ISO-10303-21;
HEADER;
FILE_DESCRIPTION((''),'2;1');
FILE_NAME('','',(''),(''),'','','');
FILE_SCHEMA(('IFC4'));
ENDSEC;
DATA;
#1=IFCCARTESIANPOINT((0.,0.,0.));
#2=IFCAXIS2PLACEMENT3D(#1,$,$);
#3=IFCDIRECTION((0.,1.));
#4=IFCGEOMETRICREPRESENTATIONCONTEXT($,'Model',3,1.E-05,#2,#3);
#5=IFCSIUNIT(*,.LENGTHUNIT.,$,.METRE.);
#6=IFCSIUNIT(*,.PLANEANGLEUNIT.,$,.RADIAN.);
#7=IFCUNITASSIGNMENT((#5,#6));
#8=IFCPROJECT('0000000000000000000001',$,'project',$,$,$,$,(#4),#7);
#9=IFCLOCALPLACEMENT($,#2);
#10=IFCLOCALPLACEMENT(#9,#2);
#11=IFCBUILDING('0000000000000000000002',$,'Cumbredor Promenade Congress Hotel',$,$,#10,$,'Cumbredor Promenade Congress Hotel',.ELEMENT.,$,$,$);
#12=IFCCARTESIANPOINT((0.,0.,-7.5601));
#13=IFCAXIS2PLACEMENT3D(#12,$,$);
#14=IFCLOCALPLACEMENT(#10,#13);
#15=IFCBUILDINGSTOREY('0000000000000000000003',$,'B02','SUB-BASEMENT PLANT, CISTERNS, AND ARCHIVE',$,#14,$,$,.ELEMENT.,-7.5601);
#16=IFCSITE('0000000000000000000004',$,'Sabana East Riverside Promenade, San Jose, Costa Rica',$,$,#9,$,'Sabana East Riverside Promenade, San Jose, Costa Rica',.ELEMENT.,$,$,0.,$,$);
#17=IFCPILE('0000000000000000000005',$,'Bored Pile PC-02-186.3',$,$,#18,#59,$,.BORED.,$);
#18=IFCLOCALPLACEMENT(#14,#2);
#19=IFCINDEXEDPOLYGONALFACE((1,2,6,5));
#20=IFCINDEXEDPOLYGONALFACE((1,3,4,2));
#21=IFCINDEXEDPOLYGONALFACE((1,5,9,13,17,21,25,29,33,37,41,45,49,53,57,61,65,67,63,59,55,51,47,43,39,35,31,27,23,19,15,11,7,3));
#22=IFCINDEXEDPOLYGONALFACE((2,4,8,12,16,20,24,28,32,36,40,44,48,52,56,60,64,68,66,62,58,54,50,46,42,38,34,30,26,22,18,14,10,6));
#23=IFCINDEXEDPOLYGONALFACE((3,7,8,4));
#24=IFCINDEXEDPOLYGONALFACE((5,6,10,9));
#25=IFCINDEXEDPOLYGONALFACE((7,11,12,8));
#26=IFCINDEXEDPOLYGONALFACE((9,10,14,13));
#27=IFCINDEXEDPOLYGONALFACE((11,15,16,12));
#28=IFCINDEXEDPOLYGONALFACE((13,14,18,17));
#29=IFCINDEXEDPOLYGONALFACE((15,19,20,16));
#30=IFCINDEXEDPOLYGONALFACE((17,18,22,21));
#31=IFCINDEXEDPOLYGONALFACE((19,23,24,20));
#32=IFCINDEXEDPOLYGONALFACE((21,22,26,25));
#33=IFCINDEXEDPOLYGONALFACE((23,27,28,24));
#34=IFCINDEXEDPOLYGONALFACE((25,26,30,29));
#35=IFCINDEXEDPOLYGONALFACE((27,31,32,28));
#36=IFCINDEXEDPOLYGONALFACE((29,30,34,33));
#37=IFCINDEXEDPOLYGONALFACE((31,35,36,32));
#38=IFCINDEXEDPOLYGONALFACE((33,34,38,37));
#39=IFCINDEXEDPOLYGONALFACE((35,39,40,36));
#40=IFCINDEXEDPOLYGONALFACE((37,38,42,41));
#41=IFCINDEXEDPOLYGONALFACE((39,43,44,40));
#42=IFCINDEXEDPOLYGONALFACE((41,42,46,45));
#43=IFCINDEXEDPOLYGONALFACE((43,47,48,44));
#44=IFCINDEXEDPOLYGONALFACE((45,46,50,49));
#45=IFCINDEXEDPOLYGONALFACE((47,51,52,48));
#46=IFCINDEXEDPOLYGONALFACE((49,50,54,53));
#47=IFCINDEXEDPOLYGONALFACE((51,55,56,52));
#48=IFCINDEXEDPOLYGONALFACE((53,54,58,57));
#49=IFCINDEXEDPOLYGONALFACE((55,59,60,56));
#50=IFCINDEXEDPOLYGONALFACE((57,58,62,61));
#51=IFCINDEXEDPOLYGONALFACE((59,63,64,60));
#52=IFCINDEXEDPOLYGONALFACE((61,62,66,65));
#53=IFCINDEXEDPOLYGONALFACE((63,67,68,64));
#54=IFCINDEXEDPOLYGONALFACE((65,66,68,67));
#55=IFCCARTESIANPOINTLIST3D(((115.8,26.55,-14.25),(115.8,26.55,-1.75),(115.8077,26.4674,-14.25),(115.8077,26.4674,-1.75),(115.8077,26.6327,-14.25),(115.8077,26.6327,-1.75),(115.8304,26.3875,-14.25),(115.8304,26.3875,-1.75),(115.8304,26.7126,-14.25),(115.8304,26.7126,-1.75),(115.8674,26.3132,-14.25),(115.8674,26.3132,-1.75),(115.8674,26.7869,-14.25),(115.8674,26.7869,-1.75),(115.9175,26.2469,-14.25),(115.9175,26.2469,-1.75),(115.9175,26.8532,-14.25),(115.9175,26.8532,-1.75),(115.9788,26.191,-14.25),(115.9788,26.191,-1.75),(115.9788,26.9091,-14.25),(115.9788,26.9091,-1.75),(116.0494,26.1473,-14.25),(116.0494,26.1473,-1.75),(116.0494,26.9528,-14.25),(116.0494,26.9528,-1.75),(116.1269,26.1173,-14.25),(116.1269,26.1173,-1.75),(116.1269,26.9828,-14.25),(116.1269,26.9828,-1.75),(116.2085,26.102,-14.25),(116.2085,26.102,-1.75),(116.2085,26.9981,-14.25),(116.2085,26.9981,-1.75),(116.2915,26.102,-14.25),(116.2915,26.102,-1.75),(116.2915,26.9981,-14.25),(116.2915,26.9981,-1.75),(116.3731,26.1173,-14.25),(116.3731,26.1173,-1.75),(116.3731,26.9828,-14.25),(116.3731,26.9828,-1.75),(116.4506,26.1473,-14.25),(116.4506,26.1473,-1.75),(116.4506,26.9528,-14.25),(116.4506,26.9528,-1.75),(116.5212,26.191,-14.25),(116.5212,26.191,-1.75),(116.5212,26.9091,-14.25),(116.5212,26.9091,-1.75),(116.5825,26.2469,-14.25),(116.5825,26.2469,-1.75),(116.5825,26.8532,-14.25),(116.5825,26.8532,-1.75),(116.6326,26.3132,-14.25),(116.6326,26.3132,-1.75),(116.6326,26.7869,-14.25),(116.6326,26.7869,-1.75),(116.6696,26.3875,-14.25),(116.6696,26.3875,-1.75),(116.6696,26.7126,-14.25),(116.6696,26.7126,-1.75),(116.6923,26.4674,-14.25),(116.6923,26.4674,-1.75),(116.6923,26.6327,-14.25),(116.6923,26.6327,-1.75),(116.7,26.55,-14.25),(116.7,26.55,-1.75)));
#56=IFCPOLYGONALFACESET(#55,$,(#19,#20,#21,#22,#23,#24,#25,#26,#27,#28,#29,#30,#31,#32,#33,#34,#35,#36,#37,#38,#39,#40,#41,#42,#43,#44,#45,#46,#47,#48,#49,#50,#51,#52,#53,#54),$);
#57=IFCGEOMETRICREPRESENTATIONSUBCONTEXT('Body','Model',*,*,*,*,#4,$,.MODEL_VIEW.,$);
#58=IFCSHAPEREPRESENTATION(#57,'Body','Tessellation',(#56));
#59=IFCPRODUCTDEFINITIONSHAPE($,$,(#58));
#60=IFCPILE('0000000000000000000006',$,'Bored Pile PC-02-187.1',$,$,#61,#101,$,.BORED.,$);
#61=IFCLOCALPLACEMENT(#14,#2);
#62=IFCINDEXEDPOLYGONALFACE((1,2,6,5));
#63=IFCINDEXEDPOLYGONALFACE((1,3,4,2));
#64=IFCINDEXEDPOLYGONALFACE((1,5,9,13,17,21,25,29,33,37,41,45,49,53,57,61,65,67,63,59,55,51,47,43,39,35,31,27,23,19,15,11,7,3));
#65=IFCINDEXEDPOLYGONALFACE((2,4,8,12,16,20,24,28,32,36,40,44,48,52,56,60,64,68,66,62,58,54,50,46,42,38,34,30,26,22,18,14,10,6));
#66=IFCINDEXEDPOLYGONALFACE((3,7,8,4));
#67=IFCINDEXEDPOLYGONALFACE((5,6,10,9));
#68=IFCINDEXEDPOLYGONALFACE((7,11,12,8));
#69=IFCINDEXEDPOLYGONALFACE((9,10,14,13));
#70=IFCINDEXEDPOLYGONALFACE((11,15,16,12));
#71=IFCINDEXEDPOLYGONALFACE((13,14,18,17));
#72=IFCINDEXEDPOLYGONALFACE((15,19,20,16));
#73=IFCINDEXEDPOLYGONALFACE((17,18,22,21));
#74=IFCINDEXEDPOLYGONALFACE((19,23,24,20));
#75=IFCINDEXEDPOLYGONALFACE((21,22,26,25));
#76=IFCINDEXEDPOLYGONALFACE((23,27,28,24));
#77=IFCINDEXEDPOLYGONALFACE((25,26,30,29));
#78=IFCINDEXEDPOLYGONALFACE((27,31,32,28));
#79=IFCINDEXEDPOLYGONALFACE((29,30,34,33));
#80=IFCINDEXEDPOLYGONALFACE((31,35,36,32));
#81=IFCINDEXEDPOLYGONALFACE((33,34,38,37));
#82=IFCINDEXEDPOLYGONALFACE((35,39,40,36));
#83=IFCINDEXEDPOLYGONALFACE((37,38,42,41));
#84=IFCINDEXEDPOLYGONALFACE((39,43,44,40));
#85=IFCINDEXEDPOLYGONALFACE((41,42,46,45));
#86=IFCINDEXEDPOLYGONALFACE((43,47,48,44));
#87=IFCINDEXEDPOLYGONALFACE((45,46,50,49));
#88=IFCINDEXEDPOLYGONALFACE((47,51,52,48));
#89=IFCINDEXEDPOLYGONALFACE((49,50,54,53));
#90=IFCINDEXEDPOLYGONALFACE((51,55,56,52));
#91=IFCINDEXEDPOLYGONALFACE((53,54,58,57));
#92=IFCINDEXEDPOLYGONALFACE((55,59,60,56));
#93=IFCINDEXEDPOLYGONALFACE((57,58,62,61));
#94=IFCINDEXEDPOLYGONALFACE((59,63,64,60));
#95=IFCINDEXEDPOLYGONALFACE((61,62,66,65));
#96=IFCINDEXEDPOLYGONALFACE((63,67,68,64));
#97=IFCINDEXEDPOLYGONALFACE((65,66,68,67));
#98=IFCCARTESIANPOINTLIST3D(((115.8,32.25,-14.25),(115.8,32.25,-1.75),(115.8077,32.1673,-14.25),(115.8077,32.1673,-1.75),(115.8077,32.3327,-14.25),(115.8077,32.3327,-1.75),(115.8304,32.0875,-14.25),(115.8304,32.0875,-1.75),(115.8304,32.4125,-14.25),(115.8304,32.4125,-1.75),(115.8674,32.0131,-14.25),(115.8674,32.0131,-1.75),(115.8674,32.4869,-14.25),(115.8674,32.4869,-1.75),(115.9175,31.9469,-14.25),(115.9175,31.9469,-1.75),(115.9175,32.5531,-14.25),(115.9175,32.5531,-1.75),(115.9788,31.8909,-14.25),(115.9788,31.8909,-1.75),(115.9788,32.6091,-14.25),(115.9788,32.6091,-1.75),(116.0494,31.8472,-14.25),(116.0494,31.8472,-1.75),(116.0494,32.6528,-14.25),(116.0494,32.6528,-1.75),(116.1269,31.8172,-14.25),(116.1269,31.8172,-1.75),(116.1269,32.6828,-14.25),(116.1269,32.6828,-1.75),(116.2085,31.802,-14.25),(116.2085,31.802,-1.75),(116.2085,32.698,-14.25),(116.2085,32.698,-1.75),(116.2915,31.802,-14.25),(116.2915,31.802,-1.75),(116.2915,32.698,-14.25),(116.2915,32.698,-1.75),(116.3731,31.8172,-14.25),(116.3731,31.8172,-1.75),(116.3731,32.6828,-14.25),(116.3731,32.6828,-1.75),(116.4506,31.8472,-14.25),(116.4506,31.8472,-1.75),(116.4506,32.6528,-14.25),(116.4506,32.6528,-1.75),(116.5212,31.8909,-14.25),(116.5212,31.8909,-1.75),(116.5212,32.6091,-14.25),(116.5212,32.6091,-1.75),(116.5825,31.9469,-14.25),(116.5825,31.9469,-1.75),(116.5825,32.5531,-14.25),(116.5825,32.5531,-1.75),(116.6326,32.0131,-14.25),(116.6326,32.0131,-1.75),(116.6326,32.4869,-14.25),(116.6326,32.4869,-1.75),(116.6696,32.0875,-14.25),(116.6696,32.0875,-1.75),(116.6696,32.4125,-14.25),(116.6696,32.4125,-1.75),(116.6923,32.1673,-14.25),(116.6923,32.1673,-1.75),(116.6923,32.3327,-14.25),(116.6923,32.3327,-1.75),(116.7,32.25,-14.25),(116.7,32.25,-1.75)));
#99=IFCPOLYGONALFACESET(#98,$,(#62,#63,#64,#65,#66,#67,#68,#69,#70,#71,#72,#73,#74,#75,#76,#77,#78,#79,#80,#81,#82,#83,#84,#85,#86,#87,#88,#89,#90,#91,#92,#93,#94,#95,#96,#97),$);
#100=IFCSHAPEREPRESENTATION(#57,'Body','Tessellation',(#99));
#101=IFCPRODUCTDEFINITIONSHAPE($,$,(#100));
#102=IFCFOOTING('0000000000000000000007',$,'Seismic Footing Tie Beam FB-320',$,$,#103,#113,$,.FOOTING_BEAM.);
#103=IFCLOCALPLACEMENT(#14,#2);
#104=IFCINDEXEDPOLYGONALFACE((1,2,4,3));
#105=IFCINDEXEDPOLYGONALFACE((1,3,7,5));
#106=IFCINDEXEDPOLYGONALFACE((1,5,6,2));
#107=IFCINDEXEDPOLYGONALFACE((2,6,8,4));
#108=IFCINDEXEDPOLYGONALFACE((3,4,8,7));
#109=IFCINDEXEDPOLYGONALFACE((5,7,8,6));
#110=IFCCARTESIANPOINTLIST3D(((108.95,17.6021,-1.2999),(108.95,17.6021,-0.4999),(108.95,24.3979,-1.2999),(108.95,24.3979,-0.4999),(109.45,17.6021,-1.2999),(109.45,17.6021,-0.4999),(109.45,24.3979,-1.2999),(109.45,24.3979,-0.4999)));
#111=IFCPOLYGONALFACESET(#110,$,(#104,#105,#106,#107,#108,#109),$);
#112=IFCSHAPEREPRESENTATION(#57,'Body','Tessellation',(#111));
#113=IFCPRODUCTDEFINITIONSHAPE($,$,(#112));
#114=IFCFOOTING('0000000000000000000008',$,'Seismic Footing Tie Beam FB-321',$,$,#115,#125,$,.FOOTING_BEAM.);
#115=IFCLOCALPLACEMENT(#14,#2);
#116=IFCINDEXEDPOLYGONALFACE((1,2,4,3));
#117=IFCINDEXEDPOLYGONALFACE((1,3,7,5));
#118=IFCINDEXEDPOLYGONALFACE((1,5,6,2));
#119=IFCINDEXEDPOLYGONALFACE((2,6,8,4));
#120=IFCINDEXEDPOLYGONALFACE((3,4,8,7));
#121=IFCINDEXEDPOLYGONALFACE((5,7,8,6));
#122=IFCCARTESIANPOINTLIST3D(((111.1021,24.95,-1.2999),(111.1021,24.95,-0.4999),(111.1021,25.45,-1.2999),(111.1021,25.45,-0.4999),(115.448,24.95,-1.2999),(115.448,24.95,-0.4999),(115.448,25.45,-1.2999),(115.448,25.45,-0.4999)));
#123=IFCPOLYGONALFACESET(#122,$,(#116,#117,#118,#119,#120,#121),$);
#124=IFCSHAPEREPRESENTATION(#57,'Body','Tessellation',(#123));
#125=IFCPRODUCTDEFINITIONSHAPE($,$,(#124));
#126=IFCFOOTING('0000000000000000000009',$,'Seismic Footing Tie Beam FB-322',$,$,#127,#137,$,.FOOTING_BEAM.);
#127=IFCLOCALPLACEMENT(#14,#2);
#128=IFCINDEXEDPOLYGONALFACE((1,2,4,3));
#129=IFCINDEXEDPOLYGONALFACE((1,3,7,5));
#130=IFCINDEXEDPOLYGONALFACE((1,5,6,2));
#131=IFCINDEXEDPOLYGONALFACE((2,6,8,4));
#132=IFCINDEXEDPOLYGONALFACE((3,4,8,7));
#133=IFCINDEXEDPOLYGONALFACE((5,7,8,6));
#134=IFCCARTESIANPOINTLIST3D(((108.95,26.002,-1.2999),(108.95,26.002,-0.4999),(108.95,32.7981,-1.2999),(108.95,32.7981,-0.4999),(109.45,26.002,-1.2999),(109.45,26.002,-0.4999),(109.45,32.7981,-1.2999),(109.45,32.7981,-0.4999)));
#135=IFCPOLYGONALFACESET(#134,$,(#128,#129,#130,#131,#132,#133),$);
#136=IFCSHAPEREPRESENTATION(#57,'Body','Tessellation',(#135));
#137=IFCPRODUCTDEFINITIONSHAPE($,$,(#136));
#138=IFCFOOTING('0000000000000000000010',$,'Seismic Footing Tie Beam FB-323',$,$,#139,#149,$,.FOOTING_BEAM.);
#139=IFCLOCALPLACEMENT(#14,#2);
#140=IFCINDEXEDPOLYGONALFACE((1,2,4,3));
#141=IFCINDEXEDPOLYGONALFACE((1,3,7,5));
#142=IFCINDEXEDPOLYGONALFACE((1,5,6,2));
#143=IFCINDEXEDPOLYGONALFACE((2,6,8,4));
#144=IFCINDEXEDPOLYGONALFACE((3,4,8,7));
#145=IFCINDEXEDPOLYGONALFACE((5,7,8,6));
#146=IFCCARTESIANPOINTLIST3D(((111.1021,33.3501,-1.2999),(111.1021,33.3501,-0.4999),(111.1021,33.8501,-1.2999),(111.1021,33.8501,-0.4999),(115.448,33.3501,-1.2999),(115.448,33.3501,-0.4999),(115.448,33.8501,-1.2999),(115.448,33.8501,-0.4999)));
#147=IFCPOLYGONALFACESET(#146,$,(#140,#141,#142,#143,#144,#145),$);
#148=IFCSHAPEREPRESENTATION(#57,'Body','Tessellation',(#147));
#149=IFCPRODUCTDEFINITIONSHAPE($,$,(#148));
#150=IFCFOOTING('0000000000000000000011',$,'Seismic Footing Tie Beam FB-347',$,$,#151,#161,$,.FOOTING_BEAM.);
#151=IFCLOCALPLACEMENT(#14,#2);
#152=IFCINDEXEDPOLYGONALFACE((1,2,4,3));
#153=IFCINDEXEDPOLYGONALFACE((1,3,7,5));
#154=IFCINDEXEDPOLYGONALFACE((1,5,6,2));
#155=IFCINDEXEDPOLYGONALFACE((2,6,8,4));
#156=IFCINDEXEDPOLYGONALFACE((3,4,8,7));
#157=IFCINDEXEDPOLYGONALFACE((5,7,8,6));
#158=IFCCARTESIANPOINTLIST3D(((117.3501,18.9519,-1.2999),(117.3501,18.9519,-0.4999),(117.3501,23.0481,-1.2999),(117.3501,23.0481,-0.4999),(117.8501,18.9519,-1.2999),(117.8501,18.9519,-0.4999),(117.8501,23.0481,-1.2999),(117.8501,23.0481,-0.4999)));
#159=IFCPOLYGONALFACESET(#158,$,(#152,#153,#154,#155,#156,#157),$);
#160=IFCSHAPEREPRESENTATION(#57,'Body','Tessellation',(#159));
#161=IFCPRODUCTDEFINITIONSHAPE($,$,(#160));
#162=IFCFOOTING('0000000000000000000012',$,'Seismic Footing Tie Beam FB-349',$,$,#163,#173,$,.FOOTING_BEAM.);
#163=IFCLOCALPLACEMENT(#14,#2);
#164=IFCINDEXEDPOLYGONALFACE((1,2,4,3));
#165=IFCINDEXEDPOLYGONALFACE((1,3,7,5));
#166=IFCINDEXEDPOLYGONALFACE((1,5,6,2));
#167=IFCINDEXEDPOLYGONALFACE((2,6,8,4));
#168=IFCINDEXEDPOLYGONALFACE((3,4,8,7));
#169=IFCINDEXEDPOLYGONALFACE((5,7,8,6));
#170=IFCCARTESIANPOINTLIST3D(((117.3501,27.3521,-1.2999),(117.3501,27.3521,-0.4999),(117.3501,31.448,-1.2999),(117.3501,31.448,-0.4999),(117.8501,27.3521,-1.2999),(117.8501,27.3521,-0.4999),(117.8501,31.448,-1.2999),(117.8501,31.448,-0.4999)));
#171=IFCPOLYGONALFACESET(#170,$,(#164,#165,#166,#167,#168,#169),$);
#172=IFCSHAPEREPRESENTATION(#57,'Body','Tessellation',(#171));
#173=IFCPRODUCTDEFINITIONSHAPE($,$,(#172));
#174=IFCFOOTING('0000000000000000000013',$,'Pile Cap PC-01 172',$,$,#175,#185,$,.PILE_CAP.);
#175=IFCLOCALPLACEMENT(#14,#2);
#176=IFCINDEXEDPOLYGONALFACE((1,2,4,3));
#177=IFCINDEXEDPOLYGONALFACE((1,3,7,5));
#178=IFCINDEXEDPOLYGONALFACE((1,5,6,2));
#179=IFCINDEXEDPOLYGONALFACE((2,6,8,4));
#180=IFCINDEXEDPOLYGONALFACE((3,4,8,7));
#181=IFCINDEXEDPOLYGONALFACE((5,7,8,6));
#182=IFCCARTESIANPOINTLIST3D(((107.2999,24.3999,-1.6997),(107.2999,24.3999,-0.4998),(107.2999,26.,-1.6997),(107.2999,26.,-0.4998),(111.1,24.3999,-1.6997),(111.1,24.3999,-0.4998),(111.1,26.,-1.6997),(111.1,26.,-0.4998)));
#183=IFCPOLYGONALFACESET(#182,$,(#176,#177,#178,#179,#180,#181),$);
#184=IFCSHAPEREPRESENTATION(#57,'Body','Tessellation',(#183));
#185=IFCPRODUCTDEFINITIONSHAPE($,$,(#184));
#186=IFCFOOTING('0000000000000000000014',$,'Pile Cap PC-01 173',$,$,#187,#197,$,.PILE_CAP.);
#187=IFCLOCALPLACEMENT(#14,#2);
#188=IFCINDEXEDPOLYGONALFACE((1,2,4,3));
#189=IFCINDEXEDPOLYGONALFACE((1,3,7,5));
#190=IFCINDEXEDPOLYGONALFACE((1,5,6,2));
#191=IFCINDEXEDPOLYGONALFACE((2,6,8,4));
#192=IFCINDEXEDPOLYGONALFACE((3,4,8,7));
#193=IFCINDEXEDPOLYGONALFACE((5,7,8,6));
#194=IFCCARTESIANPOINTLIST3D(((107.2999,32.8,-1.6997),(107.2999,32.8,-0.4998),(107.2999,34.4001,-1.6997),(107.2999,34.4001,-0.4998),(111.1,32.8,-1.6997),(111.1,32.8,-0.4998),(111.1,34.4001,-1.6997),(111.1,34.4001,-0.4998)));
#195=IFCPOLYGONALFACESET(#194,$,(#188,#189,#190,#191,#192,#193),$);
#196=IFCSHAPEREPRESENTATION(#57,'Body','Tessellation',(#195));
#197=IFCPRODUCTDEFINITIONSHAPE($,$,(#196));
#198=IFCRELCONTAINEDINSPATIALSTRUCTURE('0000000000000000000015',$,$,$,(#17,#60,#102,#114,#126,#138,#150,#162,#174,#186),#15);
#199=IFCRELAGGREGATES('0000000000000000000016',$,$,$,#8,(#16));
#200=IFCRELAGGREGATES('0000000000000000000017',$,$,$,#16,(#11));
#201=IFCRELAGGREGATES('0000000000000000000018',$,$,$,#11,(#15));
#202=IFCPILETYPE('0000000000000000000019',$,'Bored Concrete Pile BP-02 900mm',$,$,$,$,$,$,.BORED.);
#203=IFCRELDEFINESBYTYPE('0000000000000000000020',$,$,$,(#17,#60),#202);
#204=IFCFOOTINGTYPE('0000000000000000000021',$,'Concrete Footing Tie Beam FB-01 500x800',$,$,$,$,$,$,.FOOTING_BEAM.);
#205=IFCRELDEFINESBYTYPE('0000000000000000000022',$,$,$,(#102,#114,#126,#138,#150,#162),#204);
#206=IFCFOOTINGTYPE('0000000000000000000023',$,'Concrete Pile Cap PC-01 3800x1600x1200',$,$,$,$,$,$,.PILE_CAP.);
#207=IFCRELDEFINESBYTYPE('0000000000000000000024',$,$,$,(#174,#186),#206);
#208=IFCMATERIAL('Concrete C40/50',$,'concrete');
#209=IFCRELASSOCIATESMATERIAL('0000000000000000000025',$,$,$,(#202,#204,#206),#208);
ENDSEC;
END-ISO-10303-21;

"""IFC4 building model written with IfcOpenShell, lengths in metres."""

from ifc_helpers import new_model, si_unit, direction, frame, origin, origin_2d, place, context, subcontext, project, spatial, rectangle, circle, extrude, material, material_profile, profile_set, type_object, element, save


model = new_model("IFC4")

# Units and contexts
model_context = context("Model", 3, precision=1e-05, world=origin(), true_north=direction((0.0, 1.0)))
body_context = subcontext(model_context, "Body", "Model", "MODEL_VIEW")
ifc_project = project(units=[si_unit("LENGTHUNIT", "METRE"), si_unit("PLANEANGLEUNIT", "RADIAN")], contexts=[model_context])

# Site, building, storey
site_placement = place(None, origin())
site = spatial("IfcSite", under=ifc_project, at=site_placement, Name="Sabana East Riverside Promenade, San Jose, Costa Rica", LongName="Sabana East Riverside Promenade, San Jose, Costa Rica", CompositionType="ELEMENT", RefElevation=0.0)
building_placement = place(site_placement, origin())
building = spatial("IfcBuilding", under=site, at=building_placement, Name="Cumbredor Promenade Congress Hotel", LongName="Cumbredor Promenade Congress Hotel", CompositionType="ELEMENT")
storey_placement = place(building_placement, frame((0.0, 0.0, -7.5601)))
storey = spatial("IfcBuildingStorey", under=building, at=storey_placement, Name="B02", Description="SUB-BASEMENT PLANT, CISTERNS, AND ARCHIVE", CompositionType="ELEMENT", Elevation=-7.5601)

# Piles
ifc_material_1 = material(Name="Concrete C40/50", Category="concrete")
ifc_material_profile_1 = material_profile(ifc_material_1, circle(Radius=0.45, at=origin_2d()), Name="PILE D900")
ifc_profile_set_1 = profile_set([ifc_material_profile_1], Name="Concrete C40/50")
pile_type_1 = type_object("IfcPileType", Name="Bored Concrete Pile BP-02 900mm", PredefinedType="BORED", material=ifc_profile_set_1)
for number, where, z_axis, x_axis, name in (
    (1, (116.25, 26.55, -1.75), (0.0, 0.0, -1.0), (1.0, 0.0, 0.0), "Bored Pile PC-02-186.3"),
    (2, (116.25, 32.25, -1.75), (0.0, 0.0, -1.0), (1.0, 0.0, 0.0), "Bored Pile PC-02-187.1"),
):
    element("IfcPile", number, at=place(storey_placement, frame(where, z_axis=z_axis, x_axis=x_axis)), inside=storey, type_object=pile_type_1, Name=name, PredefinedType="BORED", context=body_context, shape_type="SweptSolid", body=[
        extrude(circle(Radius=0.45, at=origin_2d()), origin(), (0.0, 0.0, 1.0), 12.5),
    ])

# Footings
ifc_material_profile_2 = material_profile(ifc_material_1, rectangle(XDim=0.5, YDim=0.8, at=origin_2d()), Name="FB 500x800")
ifc_profile_set_2 = profile_set([ifc_material_profile_2], Name="Concrete C40/50")
footing_type_1 = type_object("IfcFootingType", Name="Concrete Footing Tie Beam FB-01 500x800", PredefinedType="FOOTING_BEAM", material=ifc_profile_set_2)
footing_1_placement = place(storey_placement, frame((109.2, 17.6021, -0.8999), z_axis=(0.0, 1.0, 0.0), x_axis=(-1.0, 0.0, 0.0)))
element("IfcFooting", 3, at=footing_1_placement, inside=storey, type_object=footing_type_1, Name="Seismic Footing Tie Beam FB-320", PredefinedType="FOOTING_BEAM", context=body_context, shape_type="SweptSolid", body=[
    extrude(rectangle(XDim=0.5, YDim=0.8, at=origin_2d()), origin(), (0.0, 0.0, 1.0), 6.7959),
])
footing_2_placement = place(storey_placement, frame((111.1021, 25.2, -0.8999), z_axis=(1.0, 0.0, 0.0), x_axis=(0.0, 1.0, 0.0)))
element("IfcFooting", 4, at=footing_2_placement, inside=storey, type_object=footing_type_1, Name="Seismic Footing Tie Beam FB-321", PredefinedType="FOOTING_BEAM", context=body_context, shape_type="SweptSolid", body=[
    extrude(rectangle(XDim=0.5, YDim=0.8, at=origin_2d()), origin(), (0.0, 0.0, 1.0), 4.3459),
])
footing_3_placement = place(storey_placement, frame((109.2, 26.002, -0.8999), z_axis=(0.0, 1.0, 0.0), x_axis=(-1.0, 0.0, 0.0)))
element("IfcFooting", 5, at=footing_3_placement, inside=storey, type_object=footing_type_1, Name="Seismic Footing Tie Beam FB-322", PredefinedType="FOOTING_BEAM", context=body_context, shape_type="SweptSolid", body=[
    extrude(rectangle(XDim=0.5, YDim=0.8, at=origin_2d()), origin(), (0.0, 0.0, 1.0), 6.7961),
])
footing_4_placement = place(storey_placement, frame((111.1021, 33.6001, -0.8999), z_axis=(1.0, 0.0, 0.0), x_axis=(0.0, 1.0, 0.0)))
element("IfcFooting", 6, at=footing_4_placement, inside=storey, type_object=footing_type_1, Name="Seismic Footing Tie Beam FB-323", PredefinedType="FOOTING_BEAM", context=body_context, shape_type="SweptSolid", body=[
    extrude(rectangle(XDim=0.5, YDim=0.8, at=origin_2d()), origin(), (0.0, 0.0, 1.0), 4.3459),
])
footing_5_placement = place(storey_placement, frame((117.6001, 18.9519, -0.8999), z_axis=(0.0, 1.0, 0.0), x_axis=(-1.0, 0.0, 0.0)))
element("IfcFooting", 7, at=footing_5_placement, inside=storey, type_object=footing_type_1, Name="Seismic Footing Tie Beam FB-347", PredefinedType="FOOTING_BEAM", context=body_context, shape_type="SweptSolid", body=[
    extrude(rectangle(XDim=0.5, YDim=0.8, at=origin_2d()), origin(), (0.0, 0.0, 1.0), 4.0962),
])
footing_6_placement = place(storey_placement, frame((117.6001, 27.3521, -0.8999), z_axis=(0.0, 1.0, 0.0), x_axis=(-1.0, 0.0, 0.0)))
element("IfcFooting", 8, at=footing_6_placement, inside=storey, type_object=footing_type_1, Name="Seismic Footing Tie Beam FB-349", PredefinedType="FOOTING_BEAM", context=body_context, shape_type="SweptSolid", body=[
    extrude(rectangle(XDim=0.5, YDim=0.8, at=origin_2d()), origin(), (0.0, 0.0, 1.0), 4.0959),
])
footing_type_2 = type_object("IfcFootingType", Name="Concrete Pile Cap PC-01 3800x1600x1200", PredefinedType="PILE_CAP", material=ifc_material_1)
for number, where, z_axis, x_axis, name in (
    (9, (109.2, 25.2, -1.6997), (0.0, 0.0, 1.0), (1.0, 0.0, 0.0), "Pile Cap PC-01 172"),
    (10, (109.2, 33.6001, -1.6997), (0.0, 0.0, 1.0), (1.0, 0.0, 0.0), "Pile Cap PC-01 173"),
):
    element("IfcFooting", number, at=place(storey_placement, frame(where, z_axis=z_axis, x_axis=x_axis)), inside=storey, type_object=footing_type_2, Name=name, PredefinedType="PILE_CAP", context=body_context, shape_type="SweptSolid", body=[
        extrude(rectangle(XDim=3.8, YDim=1.6001, at=origin_2d()), origin(), (0.0, 0.0, 1.0), 1.2),
    ])

save(model, "model.ifc")
